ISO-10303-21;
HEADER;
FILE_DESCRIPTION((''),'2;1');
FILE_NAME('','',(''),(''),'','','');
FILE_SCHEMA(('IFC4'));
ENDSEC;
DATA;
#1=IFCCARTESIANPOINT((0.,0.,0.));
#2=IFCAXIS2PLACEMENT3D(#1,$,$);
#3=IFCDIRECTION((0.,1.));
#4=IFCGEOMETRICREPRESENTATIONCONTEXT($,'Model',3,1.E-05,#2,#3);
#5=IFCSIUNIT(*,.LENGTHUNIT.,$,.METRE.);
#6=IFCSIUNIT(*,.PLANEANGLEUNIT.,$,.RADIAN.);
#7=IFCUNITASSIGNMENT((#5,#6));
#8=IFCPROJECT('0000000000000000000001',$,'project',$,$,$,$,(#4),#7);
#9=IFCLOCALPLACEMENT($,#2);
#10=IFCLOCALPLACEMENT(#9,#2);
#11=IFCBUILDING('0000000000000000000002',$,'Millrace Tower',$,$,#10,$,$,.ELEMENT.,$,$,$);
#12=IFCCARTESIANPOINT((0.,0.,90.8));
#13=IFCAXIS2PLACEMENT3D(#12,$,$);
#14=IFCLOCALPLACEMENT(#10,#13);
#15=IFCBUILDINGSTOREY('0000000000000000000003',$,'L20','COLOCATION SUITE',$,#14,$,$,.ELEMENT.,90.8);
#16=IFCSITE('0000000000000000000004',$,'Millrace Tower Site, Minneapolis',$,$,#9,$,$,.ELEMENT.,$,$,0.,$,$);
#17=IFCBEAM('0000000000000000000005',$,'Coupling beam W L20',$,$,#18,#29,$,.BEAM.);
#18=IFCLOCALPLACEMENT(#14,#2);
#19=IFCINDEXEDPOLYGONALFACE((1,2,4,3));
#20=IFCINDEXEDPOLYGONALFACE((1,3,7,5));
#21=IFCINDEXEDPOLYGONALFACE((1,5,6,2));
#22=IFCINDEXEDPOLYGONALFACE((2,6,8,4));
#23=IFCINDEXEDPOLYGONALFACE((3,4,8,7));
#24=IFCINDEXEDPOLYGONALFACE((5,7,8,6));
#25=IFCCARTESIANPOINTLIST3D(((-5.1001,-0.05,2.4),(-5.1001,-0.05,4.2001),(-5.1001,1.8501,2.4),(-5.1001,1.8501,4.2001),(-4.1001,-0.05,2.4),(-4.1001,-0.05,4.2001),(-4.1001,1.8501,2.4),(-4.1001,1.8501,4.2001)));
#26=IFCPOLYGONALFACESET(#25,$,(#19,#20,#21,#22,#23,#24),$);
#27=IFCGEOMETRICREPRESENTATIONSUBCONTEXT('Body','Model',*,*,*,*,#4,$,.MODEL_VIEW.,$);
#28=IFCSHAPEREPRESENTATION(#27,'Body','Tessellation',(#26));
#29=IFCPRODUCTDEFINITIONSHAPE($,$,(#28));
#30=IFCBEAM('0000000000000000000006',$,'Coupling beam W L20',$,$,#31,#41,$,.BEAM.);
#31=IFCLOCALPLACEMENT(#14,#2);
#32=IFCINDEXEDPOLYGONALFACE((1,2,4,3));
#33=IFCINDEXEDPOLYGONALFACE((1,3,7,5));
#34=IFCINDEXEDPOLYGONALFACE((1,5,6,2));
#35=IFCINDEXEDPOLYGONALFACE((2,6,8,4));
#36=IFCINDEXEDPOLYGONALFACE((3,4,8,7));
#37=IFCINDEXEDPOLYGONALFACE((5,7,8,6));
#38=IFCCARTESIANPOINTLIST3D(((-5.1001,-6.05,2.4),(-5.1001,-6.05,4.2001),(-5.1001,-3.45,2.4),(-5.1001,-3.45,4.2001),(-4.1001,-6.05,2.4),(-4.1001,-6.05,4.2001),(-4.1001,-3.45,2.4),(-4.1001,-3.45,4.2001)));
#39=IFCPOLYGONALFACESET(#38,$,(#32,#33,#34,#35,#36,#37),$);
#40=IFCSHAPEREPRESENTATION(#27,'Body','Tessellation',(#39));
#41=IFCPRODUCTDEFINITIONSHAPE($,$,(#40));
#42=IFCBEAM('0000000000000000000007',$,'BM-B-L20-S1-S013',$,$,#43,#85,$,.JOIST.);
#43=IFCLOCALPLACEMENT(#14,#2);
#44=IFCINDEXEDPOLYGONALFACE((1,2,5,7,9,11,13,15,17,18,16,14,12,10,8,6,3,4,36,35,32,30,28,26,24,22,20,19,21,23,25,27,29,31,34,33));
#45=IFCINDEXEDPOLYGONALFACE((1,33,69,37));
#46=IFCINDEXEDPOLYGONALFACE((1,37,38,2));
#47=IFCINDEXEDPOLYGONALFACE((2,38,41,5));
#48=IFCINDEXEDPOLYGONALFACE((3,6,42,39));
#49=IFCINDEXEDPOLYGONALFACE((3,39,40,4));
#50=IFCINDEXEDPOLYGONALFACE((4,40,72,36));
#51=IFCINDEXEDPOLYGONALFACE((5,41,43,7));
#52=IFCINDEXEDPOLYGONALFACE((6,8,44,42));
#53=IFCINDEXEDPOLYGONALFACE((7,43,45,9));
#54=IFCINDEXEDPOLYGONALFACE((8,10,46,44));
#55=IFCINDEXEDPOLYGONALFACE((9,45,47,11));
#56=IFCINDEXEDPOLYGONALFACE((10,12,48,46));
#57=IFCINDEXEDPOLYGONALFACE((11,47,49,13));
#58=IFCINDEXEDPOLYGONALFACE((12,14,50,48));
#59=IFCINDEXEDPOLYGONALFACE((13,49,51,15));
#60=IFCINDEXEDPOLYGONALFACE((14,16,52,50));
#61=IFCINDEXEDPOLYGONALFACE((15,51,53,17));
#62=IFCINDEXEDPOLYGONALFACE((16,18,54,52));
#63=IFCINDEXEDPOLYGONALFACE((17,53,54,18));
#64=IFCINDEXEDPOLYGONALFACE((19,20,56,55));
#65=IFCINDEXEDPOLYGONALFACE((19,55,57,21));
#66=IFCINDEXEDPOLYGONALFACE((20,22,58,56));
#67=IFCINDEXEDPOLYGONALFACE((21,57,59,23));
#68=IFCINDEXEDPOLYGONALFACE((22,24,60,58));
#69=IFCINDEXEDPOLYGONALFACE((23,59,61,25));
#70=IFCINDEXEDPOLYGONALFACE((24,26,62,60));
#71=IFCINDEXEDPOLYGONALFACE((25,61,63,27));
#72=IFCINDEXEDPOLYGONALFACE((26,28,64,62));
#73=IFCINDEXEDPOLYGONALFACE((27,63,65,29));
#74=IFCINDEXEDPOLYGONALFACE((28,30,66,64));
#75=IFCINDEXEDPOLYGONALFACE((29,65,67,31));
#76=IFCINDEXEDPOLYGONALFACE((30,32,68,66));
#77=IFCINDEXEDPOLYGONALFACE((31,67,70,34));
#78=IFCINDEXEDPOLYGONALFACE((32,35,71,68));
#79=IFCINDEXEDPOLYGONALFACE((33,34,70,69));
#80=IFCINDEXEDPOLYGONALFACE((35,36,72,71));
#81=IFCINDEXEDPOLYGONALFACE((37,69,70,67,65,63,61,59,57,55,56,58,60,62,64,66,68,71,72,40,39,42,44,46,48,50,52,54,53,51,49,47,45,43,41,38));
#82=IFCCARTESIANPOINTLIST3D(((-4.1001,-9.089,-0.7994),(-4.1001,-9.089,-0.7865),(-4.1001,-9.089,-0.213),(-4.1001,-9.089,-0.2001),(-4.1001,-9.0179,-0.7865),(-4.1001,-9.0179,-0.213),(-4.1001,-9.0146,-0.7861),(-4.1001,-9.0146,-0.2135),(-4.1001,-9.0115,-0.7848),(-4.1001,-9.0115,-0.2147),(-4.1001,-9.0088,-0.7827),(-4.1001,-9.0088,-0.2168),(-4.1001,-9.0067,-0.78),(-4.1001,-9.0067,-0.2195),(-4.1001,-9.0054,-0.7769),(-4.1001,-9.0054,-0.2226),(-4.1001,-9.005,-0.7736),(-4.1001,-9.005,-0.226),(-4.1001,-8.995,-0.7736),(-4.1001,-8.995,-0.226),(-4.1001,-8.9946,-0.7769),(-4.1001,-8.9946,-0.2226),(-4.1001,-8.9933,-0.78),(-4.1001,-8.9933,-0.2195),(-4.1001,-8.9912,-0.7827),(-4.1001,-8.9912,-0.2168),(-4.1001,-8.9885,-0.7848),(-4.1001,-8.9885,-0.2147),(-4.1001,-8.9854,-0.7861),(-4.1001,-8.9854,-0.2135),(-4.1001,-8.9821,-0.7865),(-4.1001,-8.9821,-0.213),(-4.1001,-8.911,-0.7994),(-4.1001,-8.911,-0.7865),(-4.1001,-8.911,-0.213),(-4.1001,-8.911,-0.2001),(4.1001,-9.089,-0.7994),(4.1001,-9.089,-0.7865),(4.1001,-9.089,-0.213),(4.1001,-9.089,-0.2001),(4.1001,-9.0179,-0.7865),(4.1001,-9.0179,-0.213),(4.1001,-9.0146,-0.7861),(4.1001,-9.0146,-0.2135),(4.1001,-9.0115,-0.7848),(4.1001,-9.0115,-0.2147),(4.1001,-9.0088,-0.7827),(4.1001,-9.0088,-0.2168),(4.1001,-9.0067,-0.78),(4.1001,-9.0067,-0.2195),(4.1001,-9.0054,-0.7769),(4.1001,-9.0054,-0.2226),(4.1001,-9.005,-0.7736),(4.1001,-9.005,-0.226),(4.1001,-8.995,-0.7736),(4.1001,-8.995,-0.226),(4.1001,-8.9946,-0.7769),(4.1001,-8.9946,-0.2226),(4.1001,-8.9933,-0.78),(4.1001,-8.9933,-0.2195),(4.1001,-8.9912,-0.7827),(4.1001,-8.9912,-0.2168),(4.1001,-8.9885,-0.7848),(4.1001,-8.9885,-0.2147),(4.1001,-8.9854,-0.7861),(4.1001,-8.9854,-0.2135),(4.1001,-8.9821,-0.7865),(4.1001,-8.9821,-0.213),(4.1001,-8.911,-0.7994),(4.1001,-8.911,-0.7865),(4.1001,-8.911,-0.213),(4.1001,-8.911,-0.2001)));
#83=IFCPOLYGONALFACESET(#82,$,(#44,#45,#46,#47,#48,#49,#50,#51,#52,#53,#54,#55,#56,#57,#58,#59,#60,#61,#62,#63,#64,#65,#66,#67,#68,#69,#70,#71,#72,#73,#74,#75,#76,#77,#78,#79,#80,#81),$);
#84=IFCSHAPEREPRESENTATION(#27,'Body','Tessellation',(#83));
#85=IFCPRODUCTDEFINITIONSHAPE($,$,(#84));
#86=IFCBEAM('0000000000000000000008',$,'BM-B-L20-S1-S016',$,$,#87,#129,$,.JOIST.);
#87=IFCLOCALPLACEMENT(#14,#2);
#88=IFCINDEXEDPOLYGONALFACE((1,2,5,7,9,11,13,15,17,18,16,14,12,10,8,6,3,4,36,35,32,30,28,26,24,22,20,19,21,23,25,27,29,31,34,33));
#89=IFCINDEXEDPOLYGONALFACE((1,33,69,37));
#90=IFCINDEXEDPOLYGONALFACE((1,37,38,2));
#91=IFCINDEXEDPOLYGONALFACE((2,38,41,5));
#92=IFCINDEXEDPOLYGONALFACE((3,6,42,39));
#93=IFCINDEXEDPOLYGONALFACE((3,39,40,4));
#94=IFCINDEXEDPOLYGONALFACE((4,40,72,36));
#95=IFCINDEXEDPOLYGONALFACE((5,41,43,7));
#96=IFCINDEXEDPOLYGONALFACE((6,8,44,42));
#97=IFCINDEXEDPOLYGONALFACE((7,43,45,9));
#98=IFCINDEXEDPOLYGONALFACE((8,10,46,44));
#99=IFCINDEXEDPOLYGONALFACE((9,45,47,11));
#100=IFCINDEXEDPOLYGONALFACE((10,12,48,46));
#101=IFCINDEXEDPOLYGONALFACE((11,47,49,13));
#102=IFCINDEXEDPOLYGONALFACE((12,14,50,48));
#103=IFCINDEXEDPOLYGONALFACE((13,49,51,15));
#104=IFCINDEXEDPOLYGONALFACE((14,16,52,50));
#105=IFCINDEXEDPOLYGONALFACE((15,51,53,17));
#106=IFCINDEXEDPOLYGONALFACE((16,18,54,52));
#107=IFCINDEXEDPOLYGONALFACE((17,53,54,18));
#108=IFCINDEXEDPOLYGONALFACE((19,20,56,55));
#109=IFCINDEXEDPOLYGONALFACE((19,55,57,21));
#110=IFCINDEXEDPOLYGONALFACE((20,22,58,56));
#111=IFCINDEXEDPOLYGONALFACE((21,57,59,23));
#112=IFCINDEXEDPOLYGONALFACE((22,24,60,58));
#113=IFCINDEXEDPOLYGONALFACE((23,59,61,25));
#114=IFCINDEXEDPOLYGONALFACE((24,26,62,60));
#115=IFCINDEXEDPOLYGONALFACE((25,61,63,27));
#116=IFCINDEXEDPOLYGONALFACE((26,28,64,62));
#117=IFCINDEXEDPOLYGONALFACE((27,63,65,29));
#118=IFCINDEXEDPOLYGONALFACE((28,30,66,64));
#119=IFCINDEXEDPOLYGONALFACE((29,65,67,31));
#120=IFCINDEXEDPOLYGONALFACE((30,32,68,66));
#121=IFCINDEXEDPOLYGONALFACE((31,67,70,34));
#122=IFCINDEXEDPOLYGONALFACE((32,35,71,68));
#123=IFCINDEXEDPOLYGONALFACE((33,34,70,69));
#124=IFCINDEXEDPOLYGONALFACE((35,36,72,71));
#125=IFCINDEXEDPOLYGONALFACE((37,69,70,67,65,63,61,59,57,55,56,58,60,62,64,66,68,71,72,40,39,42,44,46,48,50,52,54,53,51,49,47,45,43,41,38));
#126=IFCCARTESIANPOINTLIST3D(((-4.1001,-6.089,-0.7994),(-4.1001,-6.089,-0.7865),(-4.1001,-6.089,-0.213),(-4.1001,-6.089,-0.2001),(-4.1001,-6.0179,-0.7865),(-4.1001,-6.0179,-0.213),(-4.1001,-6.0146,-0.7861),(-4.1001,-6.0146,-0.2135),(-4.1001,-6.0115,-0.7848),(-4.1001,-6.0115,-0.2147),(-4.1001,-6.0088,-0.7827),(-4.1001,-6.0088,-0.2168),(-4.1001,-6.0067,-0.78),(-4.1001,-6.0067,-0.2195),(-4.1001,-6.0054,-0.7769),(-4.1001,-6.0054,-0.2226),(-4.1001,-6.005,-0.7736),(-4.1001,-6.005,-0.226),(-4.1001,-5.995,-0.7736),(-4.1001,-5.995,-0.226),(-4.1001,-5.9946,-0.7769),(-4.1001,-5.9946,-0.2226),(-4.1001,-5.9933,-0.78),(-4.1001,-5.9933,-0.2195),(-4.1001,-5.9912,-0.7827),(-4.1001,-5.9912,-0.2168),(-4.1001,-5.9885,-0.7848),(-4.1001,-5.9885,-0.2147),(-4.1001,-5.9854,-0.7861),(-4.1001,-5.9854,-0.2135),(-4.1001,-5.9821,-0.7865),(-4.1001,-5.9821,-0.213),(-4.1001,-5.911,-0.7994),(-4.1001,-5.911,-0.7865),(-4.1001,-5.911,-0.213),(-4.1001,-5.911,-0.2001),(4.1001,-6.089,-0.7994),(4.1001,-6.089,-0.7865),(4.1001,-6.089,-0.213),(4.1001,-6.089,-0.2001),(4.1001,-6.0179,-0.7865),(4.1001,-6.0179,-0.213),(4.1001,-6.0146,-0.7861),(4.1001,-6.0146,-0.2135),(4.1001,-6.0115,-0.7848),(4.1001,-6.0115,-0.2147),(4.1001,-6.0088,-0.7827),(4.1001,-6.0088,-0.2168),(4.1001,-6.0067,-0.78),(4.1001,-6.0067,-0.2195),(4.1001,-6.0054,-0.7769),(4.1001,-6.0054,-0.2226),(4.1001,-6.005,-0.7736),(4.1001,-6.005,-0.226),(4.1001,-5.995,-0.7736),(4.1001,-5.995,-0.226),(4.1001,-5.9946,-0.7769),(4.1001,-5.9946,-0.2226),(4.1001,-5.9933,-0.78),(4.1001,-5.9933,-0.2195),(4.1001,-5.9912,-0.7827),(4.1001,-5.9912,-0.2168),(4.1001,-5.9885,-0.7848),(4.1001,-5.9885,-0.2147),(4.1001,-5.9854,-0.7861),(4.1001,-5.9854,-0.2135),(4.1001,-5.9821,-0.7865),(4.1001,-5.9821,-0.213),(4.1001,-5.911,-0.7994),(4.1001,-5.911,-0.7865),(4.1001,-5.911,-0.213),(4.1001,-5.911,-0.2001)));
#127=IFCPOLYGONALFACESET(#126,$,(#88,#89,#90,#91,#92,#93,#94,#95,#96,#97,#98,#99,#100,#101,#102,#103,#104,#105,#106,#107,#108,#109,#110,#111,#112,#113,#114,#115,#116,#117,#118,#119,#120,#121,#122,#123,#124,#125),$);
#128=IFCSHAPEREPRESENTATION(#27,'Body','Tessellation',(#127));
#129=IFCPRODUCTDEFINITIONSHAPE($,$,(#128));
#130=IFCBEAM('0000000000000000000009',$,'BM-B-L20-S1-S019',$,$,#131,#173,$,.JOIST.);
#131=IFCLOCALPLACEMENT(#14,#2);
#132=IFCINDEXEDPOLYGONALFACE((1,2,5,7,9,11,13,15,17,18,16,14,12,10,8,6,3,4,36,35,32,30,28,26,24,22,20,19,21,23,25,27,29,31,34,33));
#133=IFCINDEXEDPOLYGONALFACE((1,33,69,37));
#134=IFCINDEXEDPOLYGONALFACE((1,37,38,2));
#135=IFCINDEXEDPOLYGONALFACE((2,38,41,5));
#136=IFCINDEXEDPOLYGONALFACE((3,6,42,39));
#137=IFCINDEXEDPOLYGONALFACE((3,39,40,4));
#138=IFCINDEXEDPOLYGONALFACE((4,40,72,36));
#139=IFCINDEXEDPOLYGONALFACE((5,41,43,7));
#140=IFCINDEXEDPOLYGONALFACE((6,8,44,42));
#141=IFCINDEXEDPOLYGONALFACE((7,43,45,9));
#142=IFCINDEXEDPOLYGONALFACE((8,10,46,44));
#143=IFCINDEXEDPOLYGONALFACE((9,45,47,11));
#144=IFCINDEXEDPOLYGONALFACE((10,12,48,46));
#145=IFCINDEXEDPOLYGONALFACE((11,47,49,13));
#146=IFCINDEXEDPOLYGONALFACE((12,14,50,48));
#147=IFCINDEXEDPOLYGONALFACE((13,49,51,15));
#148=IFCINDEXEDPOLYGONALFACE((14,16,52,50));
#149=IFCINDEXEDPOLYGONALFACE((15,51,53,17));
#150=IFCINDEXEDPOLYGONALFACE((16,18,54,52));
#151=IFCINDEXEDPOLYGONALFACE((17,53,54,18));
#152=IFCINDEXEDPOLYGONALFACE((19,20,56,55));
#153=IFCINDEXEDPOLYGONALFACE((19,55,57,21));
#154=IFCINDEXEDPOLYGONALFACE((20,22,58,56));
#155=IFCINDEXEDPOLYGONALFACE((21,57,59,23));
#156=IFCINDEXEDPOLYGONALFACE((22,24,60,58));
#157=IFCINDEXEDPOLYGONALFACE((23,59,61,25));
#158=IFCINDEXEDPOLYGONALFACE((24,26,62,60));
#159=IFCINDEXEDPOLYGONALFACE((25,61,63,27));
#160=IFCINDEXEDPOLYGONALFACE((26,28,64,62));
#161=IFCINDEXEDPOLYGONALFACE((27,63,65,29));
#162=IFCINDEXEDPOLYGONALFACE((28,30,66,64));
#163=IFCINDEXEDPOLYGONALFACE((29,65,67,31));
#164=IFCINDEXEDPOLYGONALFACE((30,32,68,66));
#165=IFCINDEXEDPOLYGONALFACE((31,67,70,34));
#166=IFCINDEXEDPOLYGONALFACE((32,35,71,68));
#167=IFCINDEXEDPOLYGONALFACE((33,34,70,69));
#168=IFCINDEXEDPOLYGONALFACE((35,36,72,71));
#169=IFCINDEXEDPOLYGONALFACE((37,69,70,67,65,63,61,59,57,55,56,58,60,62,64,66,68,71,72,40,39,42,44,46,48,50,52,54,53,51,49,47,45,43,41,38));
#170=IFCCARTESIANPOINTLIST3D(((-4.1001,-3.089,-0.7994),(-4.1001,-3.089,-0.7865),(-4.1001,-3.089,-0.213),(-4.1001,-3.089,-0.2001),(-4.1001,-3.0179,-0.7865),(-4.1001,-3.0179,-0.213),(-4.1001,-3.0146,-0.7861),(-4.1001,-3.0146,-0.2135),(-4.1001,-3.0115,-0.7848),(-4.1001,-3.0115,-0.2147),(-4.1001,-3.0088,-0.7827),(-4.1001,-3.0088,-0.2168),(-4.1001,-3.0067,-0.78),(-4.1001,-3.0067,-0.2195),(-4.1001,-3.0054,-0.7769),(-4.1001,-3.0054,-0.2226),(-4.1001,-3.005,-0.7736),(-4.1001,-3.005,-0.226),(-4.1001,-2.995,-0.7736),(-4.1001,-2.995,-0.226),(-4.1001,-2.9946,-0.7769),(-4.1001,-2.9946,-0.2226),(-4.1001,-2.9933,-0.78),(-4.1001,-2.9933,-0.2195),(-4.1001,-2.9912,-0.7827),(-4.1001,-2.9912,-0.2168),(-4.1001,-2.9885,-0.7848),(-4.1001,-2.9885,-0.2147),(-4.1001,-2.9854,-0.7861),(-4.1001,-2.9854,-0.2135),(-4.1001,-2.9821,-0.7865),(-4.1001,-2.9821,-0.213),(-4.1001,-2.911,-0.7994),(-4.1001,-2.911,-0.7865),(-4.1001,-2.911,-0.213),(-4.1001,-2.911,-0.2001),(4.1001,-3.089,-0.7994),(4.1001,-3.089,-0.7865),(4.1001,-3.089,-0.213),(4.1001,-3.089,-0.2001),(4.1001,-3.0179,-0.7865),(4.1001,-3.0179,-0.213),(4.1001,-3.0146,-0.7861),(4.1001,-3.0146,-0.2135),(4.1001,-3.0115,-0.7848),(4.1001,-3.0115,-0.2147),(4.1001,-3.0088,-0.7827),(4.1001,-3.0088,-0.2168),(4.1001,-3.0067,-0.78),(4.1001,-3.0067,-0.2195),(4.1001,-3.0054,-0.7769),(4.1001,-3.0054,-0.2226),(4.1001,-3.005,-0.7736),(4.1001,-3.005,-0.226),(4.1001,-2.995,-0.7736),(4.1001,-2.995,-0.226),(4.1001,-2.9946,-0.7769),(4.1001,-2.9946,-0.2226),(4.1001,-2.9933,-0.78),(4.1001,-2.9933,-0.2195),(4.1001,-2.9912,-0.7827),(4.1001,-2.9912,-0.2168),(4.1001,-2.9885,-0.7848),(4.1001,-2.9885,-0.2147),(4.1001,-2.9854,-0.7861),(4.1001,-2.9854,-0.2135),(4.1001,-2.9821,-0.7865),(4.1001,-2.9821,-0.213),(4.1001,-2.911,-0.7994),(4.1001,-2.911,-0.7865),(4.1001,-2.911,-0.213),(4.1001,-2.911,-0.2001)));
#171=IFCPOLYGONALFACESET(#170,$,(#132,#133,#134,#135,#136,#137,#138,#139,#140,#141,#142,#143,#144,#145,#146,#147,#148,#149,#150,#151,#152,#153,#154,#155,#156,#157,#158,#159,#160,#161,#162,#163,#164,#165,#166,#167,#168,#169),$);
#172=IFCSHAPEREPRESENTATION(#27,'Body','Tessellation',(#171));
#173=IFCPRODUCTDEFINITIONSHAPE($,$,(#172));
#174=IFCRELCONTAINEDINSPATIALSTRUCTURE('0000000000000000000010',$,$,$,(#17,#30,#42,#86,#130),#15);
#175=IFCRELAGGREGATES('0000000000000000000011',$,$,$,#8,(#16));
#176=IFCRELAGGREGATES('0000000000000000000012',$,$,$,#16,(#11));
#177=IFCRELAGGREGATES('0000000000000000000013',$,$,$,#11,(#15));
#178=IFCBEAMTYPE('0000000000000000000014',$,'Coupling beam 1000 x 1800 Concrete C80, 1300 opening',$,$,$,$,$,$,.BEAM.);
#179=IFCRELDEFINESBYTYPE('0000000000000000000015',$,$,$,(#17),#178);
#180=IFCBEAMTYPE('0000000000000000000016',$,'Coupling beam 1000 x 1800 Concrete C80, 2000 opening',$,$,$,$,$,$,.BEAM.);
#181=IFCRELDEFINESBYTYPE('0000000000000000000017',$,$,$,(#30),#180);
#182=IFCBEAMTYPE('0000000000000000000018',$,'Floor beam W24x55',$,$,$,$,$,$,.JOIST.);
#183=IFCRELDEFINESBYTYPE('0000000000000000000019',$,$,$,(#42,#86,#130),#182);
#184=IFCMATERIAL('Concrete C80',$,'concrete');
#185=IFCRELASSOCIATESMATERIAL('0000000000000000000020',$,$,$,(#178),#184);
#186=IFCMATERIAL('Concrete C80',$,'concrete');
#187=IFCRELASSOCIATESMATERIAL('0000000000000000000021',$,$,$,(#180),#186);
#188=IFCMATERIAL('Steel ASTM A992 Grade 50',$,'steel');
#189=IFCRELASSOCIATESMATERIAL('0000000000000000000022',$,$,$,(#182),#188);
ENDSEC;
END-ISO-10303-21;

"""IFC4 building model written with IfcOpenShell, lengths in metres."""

from ifc_helpers import new_model, si_unit, direction, frame, origin, origin_2d, place, context, subcontext, project, spatial, rectangle, i_section, extrude, material, material_profile, profile_set, type_object, element, save


model = new_model("IFC4")

# Units and contexts
model_context = context("Model", 3, precision=1e-05, world=origin(), true_north=direction((0.0, 1.0)))
body_context = subcontext(model_context, "Body", "Model", "MODEL_VIEW")
ifc_project = project(units=[si_unit("LENGTHUNIT", "METRE"), si_unit("PLANEANGLEUNIT", "RADIAN")], contexts=[model_context])

# Site, building, storey
site_placement = place(None, origin())
site = spatial("IfcSite", under=ifc_project, at=site_placement, Name="Millrace Tower Site, Minneapolis", CompositionType="ELEMENT", RefElevation=0.0)
building_placement = place(site_placement, origin())
building = spatial("IfcBuilding", under=site, at=building_placement, Name="Millrace Tower", CompositionType="ELEMENT")
storey_placement = place(building_placement, frame((0.0, 0.0, 90.8)))
storey = spatial("IfcBuildingStorey", under=building, at=storey_placement, Name="L20", Description="COLOCATION SUITE", CompositionType="ELEMENT", Elevation=90.8)

# Beams
ifc_material_1 = material(Name="Concrete C80", Category="concrete")
ifc_material_profile_1 = material_profile(ifc_material_1, rectangle(XDim=1.0, YDim=1.8, at=origin_2d()))
ifc_profile_set_1 = profile_set([ifc_material_profile_1], Name="Concrete C80")
beam_type_1 = type_object("IfcBeamType", Name="Coupling beam 1000 x 1800 Concrete C80, 1300 opening", PredefinedType="BEAM", material=ifc_profile_set_1)
beam_1_placement = place(storey_placement, frame((-4.6001, -0.05, 3.3), z_axis=(0.0, 1.0, 0.0), x_axis=(-1.0, 0.0, 0.0)))
element("IfcBeam", 1, at=beam_1_placement, inside=storey, type_object=beam_type_1, Name="Coupling beam W L20", PredefinedType="BEAM", context=body_context, shape_type="SweptSolid", body=[
    extrude(rectangle(XDim=1.0, YDim=1.8, at=origin_2d()), origin(), (0.0, 0.0, 1.0), 1.9001),
])
ifc_material_2 = material(Name="Concrete C80", Category="concrete")
ifc_material_profile_2 = material_profile(ifc_material_2, rectangle(XDim=1.0, YDim=1.8, at=origin_2d()))
ifc_profile_set_2 = profile_set([ifc_material_profile_2], Name="Concrete C80")
beam_type_2 = type_object("IfcBeamType", Name="Coupling beam 1000 x 1800 Concrete C80, 2000 opening", PredefinedType="BEAM", material=ifc_profile_set_2)
beam_2_placement = place(storey_placement, frame((-4.6001, -6.05, 3.3), z_axis=(0.0, 1.0, 0.0), x_axis=(-1.0, 0.0, 0.0)))
element("IfcBeam", 2, at=beam_2_placement, inside=storey, type_object=beam_type_2, Name="Coupling beam W L20", PredefinedType="BEAM", context=body_context, shape_type="SweptSolid", body=[
    extrude(rectangle(XDim=1.0, YDim=1.8, at=origin_2d()), origin(), (0.0, 0.0, 1.0), 2.6001),
])
ifc_material_3 = material(Name="Steel ASTM A992 Grade 50", Category="steel")
ifc_material_profile_3 = material_profile(ifc_material_3, i_section(OverallWidth=0.178, OverallDepth=0.5994, WebThickness=0.01, FlangeThickness=0.0129, FilletRadius=0.0129, at=origin_2d()))
ifc_profile_set_3 = profile_set([ifc_material_profile_3], Name="Steel ASTM A992 Grade 50")
beam_type_3 = type_object("IfcBeamType", Name="Floor beam W24x55", PredefinedType="JOIST", material=ifc_profile_set_3)
for number, where, z_axis, x_axis, name in (
    (3, (-4.1001, -9.0, -0.4998), (1.0, 0.0, 0.0), (0.0, 1.0, 0.0), "BM-B-L20-S1-S013"),
    (4, (-4.1001, -6.0, -0.4998), (1.0, 0.0, 0.0), (0.0, 1.0, 0.0), "BM-B-L20-S1-S016"),
    (5, (-4.1001, -3.0, -0.4998), (1.0, 0.0, 0.0), (0.0, 1.0, 0.0), "BM-B-L20-S1-S019"),
):
    element("IfcBeam", number, at=place(storey_placement, frame(where, z_axis=z_axis, x_axis=x_axis)), inside=storey, type_object=beam_type_3, Name=name, PredefinedType="JOIST", context=body_context, shape_type="SweptSolid", body=[
        extrude(i_section(OverallWidth=0.178, OverallDepth=0.5994, WebThickness=0.01, FlangeThickness=0.0129, FilletRadius=0.0129, at=origin_2d()), origin(), (0.0, 0.0, 1.0), 8.2002),
    ])

save(model, "model.ifc")
